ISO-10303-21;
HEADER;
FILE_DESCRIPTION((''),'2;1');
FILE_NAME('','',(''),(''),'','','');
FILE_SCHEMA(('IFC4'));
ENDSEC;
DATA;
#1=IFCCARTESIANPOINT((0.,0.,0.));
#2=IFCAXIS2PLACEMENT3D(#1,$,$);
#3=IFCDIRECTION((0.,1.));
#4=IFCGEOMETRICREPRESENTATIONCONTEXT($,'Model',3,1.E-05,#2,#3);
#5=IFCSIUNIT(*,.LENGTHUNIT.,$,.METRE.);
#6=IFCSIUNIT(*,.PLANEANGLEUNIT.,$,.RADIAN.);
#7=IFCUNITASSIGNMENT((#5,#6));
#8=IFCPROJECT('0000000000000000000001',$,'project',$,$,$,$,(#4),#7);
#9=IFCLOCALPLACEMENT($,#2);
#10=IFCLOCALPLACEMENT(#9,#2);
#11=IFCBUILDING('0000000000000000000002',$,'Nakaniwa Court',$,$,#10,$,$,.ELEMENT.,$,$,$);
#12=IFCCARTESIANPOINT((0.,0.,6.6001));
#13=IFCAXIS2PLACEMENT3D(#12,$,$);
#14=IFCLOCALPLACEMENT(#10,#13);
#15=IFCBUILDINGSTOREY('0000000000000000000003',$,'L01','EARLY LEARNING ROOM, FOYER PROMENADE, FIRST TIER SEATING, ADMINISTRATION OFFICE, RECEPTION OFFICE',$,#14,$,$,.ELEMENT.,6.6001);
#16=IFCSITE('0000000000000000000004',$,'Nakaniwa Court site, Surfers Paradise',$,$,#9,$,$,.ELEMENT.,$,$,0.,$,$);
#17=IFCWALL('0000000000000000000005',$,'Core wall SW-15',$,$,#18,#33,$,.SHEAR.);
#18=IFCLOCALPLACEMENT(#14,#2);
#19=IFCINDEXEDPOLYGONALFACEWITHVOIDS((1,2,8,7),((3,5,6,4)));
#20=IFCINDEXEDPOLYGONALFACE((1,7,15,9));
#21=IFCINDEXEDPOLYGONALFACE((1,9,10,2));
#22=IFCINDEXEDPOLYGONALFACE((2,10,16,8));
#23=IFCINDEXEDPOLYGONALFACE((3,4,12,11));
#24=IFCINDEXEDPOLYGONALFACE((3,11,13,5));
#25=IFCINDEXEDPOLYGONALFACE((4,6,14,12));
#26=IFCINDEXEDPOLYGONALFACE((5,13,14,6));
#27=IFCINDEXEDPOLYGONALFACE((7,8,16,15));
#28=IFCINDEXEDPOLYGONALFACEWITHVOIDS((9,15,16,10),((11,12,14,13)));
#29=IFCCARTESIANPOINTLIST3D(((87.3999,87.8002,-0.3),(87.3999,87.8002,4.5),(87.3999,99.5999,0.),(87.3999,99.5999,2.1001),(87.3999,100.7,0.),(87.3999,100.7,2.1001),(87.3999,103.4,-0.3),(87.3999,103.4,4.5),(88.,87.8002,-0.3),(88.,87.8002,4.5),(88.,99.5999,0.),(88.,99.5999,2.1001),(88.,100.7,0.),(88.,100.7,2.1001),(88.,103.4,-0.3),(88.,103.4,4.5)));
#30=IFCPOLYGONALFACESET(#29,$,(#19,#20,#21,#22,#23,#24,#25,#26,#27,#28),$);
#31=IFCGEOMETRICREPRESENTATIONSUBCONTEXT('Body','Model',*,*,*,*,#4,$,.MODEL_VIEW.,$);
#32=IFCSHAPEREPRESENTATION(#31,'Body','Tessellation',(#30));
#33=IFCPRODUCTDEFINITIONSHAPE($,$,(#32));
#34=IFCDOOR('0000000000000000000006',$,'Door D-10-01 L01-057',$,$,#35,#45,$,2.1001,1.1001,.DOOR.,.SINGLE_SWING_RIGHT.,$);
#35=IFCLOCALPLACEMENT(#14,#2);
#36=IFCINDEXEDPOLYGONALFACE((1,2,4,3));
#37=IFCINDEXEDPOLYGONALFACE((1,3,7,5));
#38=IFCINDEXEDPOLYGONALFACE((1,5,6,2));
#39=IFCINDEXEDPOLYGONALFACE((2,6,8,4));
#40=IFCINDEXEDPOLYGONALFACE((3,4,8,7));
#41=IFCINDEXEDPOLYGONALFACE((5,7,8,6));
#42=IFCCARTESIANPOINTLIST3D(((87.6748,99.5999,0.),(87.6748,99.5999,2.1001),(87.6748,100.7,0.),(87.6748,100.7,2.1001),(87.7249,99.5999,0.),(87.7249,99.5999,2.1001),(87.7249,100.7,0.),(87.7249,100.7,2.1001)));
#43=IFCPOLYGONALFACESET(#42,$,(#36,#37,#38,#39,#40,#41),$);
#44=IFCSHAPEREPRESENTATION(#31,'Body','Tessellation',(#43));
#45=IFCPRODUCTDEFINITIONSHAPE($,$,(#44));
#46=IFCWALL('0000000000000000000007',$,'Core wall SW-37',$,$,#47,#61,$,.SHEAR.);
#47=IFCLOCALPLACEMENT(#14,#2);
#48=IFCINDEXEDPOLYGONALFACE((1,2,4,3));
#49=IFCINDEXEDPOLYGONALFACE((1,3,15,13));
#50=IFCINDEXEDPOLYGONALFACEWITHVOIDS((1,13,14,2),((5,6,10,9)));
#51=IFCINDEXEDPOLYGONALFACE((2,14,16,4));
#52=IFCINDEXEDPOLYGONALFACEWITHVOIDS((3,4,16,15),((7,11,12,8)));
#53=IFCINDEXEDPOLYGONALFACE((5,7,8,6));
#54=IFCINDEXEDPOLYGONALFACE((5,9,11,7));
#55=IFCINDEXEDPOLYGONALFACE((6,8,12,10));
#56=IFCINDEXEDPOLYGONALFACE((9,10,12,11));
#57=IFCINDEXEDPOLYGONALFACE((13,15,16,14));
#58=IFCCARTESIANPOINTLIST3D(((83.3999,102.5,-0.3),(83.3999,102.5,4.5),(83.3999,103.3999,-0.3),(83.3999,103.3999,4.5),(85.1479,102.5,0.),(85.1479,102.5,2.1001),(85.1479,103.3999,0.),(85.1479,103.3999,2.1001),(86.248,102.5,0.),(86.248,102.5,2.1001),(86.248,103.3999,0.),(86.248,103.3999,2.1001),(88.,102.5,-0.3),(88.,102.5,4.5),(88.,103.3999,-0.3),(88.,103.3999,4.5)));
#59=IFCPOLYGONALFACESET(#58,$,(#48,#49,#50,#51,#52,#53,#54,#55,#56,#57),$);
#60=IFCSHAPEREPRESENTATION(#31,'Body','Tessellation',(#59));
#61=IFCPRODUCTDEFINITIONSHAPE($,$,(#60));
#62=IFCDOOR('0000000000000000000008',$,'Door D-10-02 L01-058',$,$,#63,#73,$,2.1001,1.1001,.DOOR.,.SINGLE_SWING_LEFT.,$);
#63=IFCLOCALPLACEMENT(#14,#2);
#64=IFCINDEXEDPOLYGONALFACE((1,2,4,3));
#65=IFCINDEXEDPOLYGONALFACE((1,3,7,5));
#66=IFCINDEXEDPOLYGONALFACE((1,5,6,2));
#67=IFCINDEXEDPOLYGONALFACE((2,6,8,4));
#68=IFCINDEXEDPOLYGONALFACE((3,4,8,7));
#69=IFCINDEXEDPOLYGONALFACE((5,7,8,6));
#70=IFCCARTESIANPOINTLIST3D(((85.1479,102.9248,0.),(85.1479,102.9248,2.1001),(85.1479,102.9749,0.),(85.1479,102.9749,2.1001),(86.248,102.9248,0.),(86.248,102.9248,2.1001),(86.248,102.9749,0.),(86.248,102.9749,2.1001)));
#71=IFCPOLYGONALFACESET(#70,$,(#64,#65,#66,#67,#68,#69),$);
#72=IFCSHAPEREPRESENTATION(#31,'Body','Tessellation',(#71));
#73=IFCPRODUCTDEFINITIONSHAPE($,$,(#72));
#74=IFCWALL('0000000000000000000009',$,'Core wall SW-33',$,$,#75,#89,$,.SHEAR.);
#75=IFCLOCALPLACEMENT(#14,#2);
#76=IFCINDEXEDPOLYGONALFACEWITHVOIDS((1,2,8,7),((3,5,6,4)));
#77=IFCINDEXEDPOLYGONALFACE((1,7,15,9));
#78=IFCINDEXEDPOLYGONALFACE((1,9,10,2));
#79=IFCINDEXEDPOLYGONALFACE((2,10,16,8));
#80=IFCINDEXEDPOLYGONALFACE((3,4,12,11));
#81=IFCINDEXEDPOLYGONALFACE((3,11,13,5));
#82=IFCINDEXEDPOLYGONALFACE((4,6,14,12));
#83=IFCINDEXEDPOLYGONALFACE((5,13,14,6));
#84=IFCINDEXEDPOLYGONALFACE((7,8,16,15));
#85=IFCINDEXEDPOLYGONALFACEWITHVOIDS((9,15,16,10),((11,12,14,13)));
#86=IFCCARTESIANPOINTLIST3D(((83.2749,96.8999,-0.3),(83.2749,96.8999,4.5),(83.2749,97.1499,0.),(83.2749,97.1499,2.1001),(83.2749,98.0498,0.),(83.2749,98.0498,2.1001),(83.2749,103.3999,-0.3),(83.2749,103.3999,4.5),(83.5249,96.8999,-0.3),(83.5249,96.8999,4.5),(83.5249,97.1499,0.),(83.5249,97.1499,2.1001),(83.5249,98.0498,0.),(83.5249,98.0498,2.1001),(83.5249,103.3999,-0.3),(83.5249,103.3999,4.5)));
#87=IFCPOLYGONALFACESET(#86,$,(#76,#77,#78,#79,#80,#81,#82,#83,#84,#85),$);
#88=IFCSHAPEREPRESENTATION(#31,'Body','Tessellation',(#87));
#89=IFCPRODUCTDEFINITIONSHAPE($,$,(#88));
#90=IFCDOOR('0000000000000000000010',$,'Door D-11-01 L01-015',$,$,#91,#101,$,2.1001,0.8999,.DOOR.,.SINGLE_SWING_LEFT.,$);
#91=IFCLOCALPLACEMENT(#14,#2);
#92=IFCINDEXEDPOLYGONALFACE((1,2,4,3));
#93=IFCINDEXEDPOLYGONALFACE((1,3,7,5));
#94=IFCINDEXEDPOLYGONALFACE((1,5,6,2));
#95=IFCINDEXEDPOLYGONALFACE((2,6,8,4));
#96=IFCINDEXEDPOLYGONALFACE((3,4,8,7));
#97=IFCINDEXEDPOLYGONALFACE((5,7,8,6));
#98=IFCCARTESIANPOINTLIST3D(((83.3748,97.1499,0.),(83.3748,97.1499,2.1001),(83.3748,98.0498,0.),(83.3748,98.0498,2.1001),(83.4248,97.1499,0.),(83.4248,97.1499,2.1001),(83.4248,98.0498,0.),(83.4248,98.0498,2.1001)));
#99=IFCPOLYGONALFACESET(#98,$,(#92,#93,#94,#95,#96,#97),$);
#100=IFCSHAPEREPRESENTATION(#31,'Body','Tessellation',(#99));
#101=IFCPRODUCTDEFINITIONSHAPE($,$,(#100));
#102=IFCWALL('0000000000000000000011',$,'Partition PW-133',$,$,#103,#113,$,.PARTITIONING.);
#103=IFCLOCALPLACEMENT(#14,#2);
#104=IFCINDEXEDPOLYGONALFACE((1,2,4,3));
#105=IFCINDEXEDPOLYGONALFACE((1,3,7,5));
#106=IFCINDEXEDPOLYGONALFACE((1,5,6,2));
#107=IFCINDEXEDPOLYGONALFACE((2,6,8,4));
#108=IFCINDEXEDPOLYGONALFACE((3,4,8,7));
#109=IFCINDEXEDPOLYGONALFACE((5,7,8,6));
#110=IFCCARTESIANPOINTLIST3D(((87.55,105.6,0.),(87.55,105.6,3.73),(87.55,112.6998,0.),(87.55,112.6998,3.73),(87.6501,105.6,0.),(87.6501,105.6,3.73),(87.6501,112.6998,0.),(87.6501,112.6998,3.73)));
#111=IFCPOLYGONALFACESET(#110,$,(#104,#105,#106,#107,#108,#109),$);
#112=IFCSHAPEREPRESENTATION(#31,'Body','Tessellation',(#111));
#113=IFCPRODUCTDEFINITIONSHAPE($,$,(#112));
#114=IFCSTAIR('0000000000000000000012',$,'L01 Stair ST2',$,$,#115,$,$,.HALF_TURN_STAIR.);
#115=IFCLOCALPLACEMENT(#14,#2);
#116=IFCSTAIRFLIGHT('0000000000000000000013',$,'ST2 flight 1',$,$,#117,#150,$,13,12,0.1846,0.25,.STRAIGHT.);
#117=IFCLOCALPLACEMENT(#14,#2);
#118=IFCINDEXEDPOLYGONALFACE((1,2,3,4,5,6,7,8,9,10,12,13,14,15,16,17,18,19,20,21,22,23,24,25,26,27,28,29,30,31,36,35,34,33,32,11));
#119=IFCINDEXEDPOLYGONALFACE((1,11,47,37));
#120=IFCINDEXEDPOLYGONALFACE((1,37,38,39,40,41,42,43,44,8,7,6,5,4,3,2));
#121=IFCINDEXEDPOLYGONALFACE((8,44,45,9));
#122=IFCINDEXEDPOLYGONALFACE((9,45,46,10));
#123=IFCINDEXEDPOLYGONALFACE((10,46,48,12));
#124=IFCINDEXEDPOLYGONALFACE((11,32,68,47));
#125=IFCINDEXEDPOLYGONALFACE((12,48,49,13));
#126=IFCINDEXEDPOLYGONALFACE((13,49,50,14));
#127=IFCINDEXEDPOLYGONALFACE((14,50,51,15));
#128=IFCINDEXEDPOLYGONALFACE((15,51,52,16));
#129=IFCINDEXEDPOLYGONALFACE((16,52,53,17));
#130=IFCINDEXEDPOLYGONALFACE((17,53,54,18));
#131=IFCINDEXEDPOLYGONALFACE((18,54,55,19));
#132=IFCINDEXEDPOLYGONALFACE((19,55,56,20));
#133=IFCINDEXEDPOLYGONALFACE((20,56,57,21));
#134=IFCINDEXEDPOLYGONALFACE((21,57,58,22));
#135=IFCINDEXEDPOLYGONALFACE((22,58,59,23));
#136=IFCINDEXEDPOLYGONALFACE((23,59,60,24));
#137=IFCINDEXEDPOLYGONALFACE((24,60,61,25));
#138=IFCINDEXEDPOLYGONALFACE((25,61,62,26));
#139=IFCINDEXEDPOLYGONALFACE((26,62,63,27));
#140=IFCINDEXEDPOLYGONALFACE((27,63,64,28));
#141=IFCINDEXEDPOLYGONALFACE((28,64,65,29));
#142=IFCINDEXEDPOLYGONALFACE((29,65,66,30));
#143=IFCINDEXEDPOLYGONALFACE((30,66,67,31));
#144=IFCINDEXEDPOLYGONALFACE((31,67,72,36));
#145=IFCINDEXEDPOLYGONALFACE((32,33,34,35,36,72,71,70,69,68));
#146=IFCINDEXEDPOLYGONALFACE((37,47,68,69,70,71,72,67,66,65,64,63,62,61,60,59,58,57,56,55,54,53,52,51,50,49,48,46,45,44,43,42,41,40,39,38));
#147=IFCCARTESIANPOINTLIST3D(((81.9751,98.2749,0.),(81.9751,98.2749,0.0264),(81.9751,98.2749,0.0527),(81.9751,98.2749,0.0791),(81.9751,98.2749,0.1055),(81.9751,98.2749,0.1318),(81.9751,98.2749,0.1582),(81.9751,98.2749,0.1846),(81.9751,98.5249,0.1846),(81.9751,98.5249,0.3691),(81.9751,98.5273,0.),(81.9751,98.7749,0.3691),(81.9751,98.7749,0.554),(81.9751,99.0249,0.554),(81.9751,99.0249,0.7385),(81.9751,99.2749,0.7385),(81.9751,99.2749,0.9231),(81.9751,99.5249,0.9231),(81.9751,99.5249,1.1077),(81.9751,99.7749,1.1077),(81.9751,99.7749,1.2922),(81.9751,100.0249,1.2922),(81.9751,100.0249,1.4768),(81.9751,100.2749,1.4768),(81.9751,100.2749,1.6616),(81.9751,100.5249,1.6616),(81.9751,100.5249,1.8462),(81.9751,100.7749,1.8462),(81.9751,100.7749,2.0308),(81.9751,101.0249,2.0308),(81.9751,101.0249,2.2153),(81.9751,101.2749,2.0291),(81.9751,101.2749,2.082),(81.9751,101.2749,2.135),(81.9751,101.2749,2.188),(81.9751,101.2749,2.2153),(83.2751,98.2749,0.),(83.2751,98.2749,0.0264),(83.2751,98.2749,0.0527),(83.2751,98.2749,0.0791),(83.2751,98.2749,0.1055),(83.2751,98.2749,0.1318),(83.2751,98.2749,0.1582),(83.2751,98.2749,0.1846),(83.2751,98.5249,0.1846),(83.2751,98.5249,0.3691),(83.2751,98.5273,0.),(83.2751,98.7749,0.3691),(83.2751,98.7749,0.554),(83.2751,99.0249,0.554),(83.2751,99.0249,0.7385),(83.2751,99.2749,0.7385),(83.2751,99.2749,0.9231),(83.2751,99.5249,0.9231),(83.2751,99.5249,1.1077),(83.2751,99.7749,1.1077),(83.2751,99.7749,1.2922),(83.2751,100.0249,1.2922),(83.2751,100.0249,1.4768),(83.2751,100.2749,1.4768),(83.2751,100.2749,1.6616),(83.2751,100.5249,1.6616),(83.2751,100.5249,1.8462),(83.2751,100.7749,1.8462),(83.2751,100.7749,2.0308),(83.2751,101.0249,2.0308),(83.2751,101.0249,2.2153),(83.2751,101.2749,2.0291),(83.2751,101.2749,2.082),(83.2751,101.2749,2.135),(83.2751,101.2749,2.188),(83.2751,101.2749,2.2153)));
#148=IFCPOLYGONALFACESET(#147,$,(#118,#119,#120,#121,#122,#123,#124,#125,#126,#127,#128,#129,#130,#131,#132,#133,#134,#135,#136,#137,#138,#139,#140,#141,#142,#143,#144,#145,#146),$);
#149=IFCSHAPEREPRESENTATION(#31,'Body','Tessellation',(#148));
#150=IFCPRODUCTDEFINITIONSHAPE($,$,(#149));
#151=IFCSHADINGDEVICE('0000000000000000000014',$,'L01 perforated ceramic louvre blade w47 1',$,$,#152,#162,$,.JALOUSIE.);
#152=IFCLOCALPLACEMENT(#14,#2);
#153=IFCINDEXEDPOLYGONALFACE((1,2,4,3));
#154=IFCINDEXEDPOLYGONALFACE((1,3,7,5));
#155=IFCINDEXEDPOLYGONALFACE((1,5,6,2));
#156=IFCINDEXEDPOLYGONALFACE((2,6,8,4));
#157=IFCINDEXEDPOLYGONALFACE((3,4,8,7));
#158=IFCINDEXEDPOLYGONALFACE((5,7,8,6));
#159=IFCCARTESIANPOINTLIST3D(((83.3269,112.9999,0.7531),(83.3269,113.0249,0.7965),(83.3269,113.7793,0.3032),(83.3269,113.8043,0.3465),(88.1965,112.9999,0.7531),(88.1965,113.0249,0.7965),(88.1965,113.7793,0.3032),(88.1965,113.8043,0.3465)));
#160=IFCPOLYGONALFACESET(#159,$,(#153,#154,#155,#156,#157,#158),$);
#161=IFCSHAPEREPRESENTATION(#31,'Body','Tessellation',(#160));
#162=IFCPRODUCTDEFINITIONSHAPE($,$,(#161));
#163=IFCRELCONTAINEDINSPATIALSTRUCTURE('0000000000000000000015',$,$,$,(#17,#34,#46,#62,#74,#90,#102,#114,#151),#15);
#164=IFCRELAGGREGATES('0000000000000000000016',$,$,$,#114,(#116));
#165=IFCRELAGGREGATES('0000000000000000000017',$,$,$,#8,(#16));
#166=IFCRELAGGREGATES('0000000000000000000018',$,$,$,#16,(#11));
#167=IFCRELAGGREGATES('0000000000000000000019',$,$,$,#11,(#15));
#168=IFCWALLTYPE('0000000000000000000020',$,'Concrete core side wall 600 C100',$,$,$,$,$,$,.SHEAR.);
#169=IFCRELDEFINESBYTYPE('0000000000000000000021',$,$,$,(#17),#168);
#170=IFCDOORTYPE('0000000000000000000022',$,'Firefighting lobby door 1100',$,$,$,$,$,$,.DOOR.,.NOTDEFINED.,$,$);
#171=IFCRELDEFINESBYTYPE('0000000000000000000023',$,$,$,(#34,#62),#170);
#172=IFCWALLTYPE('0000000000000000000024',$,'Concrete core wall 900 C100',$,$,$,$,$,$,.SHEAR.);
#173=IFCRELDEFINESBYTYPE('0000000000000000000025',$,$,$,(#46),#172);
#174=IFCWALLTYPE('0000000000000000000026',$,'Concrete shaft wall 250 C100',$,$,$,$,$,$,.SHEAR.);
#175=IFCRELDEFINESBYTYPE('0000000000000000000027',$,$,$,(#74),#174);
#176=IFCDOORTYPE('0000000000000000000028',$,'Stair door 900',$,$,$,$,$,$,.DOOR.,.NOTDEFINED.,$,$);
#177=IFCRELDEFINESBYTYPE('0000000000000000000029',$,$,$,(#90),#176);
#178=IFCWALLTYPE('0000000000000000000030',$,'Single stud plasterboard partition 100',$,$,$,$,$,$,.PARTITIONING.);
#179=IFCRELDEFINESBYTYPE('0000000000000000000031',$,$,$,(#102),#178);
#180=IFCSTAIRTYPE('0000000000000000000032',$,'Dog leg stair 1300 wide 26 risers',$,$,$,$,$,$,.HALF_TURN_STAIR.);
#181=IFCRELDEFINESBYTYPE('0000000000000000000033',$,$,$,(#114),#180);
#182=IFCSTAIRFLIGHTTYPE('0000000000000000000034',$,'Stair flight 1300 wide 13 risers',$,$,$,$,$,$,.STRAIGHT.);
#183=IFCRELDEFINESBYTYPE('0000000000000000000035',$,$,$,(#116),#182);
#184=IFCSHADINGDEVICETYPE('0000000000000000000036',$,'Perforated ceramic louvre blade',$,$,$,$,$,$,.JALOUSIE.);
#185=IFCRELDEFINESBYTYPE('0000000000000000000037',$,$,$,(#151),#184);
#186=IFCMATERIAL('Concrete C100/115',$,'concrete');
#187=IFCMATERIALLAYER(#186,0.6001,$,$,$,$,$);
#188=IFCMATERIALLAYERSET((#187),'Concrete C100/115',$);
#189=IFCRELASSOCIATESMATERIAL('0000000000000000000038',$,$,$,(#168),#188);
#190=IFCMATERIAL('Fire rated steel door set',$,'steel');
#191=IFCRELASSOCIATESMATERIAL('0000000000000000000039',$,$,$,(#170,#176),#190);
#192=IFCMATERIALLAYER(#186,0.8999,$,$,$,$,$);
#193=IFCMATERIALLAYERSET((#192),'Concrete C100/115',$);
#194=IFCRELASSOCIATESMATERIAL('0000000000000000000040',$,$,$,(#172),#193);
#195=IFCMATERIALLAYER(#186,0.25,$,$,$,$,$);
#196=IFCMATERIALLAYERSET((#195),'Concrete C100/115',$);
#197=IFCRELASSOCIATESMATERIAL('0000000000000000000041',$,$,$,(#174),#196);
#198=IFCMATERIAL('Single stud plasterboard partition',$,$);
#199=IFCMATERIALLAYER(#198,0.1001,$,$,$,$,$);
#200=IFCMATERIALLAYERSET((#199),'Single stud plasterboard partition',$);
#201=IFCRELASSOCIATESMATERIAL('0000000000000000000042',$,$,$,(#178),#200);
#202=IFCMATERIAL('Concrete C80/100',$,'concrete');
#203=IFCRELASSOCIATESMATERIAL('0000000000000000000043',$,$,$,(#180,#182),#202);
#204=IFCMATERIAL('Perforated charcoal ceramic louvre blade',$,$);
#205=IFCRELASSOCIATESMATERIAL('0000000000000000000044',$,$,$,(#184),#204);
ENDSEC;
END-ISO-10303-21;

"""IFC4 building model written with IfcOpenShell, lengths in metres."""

from ifc_helpers import new_model, si_unit, direction, frame, frame_2d, origin, origin_2d, place, context, subcontext, project, spatial, polyline, rectangle, outline, extrude, material, layer, layer_set, material_profile, profile_set, type_object, element, fill, aggregate, save


model = new_model("IFC4")

# Units and contexts
model_context = context("Model", 3, precision=1e-05, world=origin(), true_north=direction((0.0, 1.0)))
body_context = subcontext(model_context, "Body", "Model", "MODEL_VIEW")
ifc_project = project(units=[si_unit("LENGTHUNIT", "METRE"), si_unit("PLANEANGLEUNIT", "RADIAN")], contexts=[model_context])

# Site, building, storey
site_placement = place(None, origin())
site = spatial("IfcSite", under=ifc_project, at=site_placement, Name="Nakaniwa Court site, Surfers Paradise", CompositionType="ELEMENT", RefElevation=0.0)
building_placement = place(site_placement, origin())
building = spatial("IfcBuilding", under=site, at=building_placement, Name="Nakaniwa Court", CompositionType="ELEMENT")
storey_placement = place(building_placement, frame((0.0, 0.0, 6.6001)))
storey = spatial("IfcBuildingStorey", under=building, at=storey_placement, Name="L01", Description="EARLY LEARNING ROOM, FOYER PROMENADE, FIRST TIER SEATING, ADMINISTRATION OFFICE, RECEPTION OFFICE", CompositionType="ELEMENT", Elevation=6.6001)

# Shared definitions
ifc_material_1 = material(Name="Concrete C100/115", Category="concrete")

# Walls, openings, doors
ifc_layer_1 = layer(ifc_material_1, 0.6001)
ifc_layer_set_1 = layer_set([ifc_layer_1], Name="Concrete C100/115")
wall_type_1 = type_object("IfcWallType", Name="Concrete core side wall 600 C100", PredefinedType="SHEAR", material=ifc_layer_set_1)
wall_1_placement = place(storey_placement, frame((87.7, 103.3999, -0.3), z_axis=(0.0, 0.0, 1.0), x_axis=(0.0, -1.0, 0.0)))
wall_1 = element("IfcWall", 1, at=wall_1_placement, inside=storey, type_object=wall_type_1, Name="Core wall SW-15", PredefinedType="SHEAR", context=body_context, shape_type="SweptSolid", body=[
    extrude(rectangle(XDim=15.5999, YDim=0.6001, at=frame_2d((7.7998, 0.0))), origin(), (0.0, 0.0, 1.0), 4.8),
])
opening_1_placement = place(wall_1_placement, frame((2.7, 0.0, 0.3)))
opening_1 = element("IfcOpeningElement", 2, at=opening_1_placement, cuts=wall_1, PredefinedType="OPENING", context=body_context, shape_type="SweptSolid", body=[
    extrude(rectangle(XDim=1.1001, YDim=2.1001, at=frame_2d((0.55, 1.05))), frame((0.0, 0.3101, 0.0), z_axis=(0.0, -1.0, 0.0), x_axis=(1.0, 0.0, 0.0)), (0.0, 0.0, 1.0), 0.6201),
])
ifc_material_2 = material(Name="Fire rated steel door set", Category="steel")
door_type_1 = type_object("IfcDoorType", Name="Firefighting lobby door 1100", OperationType="NOTDEFINED", PredefinedType="DOOR", material=ifc_material_2)
door_1_placement = place(opening_1_placement, origin())
door_1 = element("IfcDoor", 3, at=door_1_placement, inside=storey, type_object=door_type_1, Name="Door D-10-01 L01-057", OperationType="SINGLE_SWING_RIGHT", OverallHeight=2.1001, OverallWidth=1.1001, PredefinedType="DOOR", context=body_context, shape_type="SweptSolid", body=[
    extrude(rectangle(XDim=1.1001, YDim=2.1001, at=frame_2d((0.55, 1.05))), frame((0.0, 0.0249, 0.0), z_axis=(0.0, -1.0, 0.0), x_axis=(1.0, 0.0, 0.0)), (0.0, 0.0, 1.0), 0.05),
])
fill(opening_1, door_1)
ifc_layer_2 = layer(ifc_material_1, 0.8999)
ifc_layer_set_2 = layer_set([ifc_layer_2], Name="Concrete C100/115")
wall_type_2 = type_object("IfcWallType", Name="Concrete core wall 900 C100", PredefinedType="SHEAR", material=ifc_layer_set_2)
wall_2_placement = place(storey_placement, frame((83.3999, 102.95, -0.3), z_axis=(0.0, 0.0, 1.0), x_axis=(1.0, 0.0, 0.0)))
wall_2 = element("IfcWall", 4, at=wall_2_placement, inside=storey, type_object=wall_type_2, Name="Core wall SW-37", PredefinedType="SHEAR", context=body_context, shape_type="SweptSolid", body=[
    extrude(rectangle(XDim=4.6001, YDim=0.8999, at=frame_2d((2.3, 0.0))), origin(), (0.0, 0.0, 1.0), 4.8),
])
opening_2_placement = place(wall_2_placement, frame((1.748, 0.0, 0.3)))
opening_2 = element("IfcOpeningElement", 5, at=opening_2_placement, cuts=wall_2, PredefinedType="OPENING", context=body_context, shape_type="SweptSolid", body=[
    extrude(rectangle(XDim=1.1001, YDim=2.1001, at=frame_2d((0.55, 1.05))), frame((0.0, 0.46, 0.0), z_axis=(0.0, -1.0, 0.0), x_axis=(1.0, 0.0, 0.0)), (0.0, 0.0, 1.0), 0.9199),
])
door_2_placement = place(opening_2_placement, origin())
door_2 = element("IfcDoor", 6, at=door_2_placement, inside=storey, type_object=door_type_1, Name="Door D-10-02 L01-058", OperationType="SINGLE_SWING_LEFT", OverallHeight=2.1001, OverallWidth=1.1001, PredefinedType="DOOR", context=body_context, shape_type="SweptSolid", body=[
    extrude(rectangle(XDim=1.1001, YDim=2.1001, at=frame_2d((0.55, 1.05))), frame((0.0, 0.0249, 0.0), z_axis=(0.0, -1.0, 0.0), x_axis=(1.0, 0.0, 0.0)), (0.0, 0.0, 1.0), 0.05),
])
fill(opening_2, door_2)
ifc_layer_3 = layer(ifc_material_1, 0.25)
ifc_layer_set_3 = layer_set([ifc_layer_3], Name="Concrete C100/115")
wall_type_3 = type_object("IfcWallType", Name="Concrete shaft wall 250 C100", PredefinedType="SHEAR", material=ifc_layer_set_3)
wall_3_placement = place(storey_placement, frame((83.3999, 103.3999, -0.3), z_axis=(0.0, 0.0, 1.0), x_axis=(0.0, -1.0, 0.0)))
wall_3 = element("IfcWall", 7, at=wall_3_placement, inside=storey, type_object=wall_type_3, Name="Core wall SW-33", PredefinedType="SHEAR", context=body_context, shape_type="SweptSolid", body=[
    extrude(rectangle(XDim=6.5, YDim=0.25, at=frame_2d((3.25, 0.0))), origin(), (0.0, 0.0, 1.0), 4.8),
])
opening_3_placement = place(wall_3_placement, frame((5.3501, 0.0, 0.3)))
opening_3 = element("IfcOpeningElement", 8, at=opening_3_placement, cuts=wall_3, PredefinedType="OPENING", context=body_context, shape_type="SweptSolid", body=[
    extrude(rectangle(XDim=0.8999, YDim=2.1001, at=frame_2d((0.45, 1.05))), frame((0.0, 0.135, 0.0), z_axis=(0.0, -1.0, 0.0), x_axis=(1.0, 0.0, 0.0)), (0.0, 0.0, 1.0), 0.27),
])
door_type_2 = type_object("IfcDoorType", Name="Stair door 900", OperationType="NOTDEFINED", PredefinedType="DOOR", material=ifc_material_2)
door_3_placement = place(opening_3_placement, origin())
door_3 = element("IfcDoor", 9, at=door_3_placement, inside=storey, type_object=door_type_2, Name="Door D-11-01 L01-015", OperationType="SINGLE_SWING_LEFT", OverallHeight=2.1001, OverallWidth=0.8999, PredefinedType="DOOR", context=body_context, shape_type="SweptSolid", body=[
    extrude(rectangle(XDim=0.8999, YDim=2.1001, at=frame_2d((0.45, 1.05))), frame((0.0, 0.0249, 0.0), z_axis=(0.0, -1.0, 0.0), x_axis=(1.0, 0.0, 0.0)), (0.0, 0.0, 1.0), 0.05),
])
fill(opening_3, door_3)

# Wall
ifc_material_3 = material(Name="Single stud plasterboard partition")
ifc_layer_4 = layer(ifc_material_3, 0.1001)
ifc_layer_set_4 = layer_set([ifc_layer_4], Name="Single stud plasterboard partition")
wall_type_4 = type_object("IfcWallType", Name="Single stud plasterboard partition 100", PredefinedType="PARTITIONING", material=ifc_layer_set_4)
wall_4_placement = place(storey_placement, frame((87.6001, 105.6001, 0.0), z_axis=(0.0, 0.0, 1.0), x_axis=(0.0, 1.0, 0.0)))
element("IfcWall", 10, at=wall_4_placement, inside=storey, type_object=wall_type_4, Name="Partition PW-133", PredefinedType="PARTITIONING", context=body_context, shape_type="SweptSolid", body=[
    extrude(rectangle(XDim=7.0999, YDim=0.1001, at=frame_2d((3.5498, 0.0))), origin(), (0.0, 0.0, 1.0), 3.73),
])

# Stair, stair flight
ifc_material_4 = material(Name="Concrete C80/100", Category="concrete")
stair_type = type_object("IfcStairType", Name="Dog leg stair 1300 wide 26 risers", PredefinedType="HALF_TURN_STAIR", material=ifc_material_4)
stair_placement = place(storey_placement, origin())
stair = element("IfcStair", 11, at=stair_placement, inside=storey, type_object=stair_type, Name="L01 Stair ST2", PredefinedType="HALF_TURN_STAIR")
stair_flight_type = type_object("IfcStairFlightType", Name="Stair flight 1300 wide 13 risers", PredefinedType="STRAIGHT", material=ifc_material_4)
stair_flight_placement = place(storey_placement, frame((82.625, 98.2749, 0.0), z_axis=(0.0, 0.0, 1.0), x_axis=(0.0, 1.0, 0.0)))
stair_flight = element("IfcStairFlight", 12, at=stair_flight_placement, type_object=stair_flight_type, Name="ST2 flight 1", NumberOfRisers=13, NumberOfTreads=12, PredefinedType="STRAIGHT", RiserHeight=0.1846, TreadLength=0.25, context=body_context, shape_type="SweptSolid", body=[
    extrude(outline(polyline([(0.0, 0.0), (0.0, 0.0264), (0.0, 0.0527), (0.0, 0.0791), (0.0, 0.1055), (0.0, 0.1318), (0.0, 0.1582), (0.0, 0.1846), (0.25, 0.1846), (0.25, 0.3691), (0.5, 0.3691), (0.5, 0.554), (0.75, 0.554), (0.75, 0.7385), (1.0, 0.7385), (1.0, 0.9231), (1.25, 0.9231), (1.25, 1.1077), (1.5, 1.1077), (1.5, 1.2922), (1.75, 1.2922), (1.75, 1.4768), (2.0, 1.4768), (2.0, 1.6616), (2.25, 1.6616), (2.25, 1.8462), (2.5, 1.8462), (2.5, 2.0308), (2.75, 2.0308), (2.75, 2.2153), (3.0, 2.2153), (3.0, 2.3999), (3.0, 2.3469), (3.0, 2.2939), (3.0, 2.241), (3.0, 2.188), (3.0, 2.135), (3.0, 2.082), (3.0, 2.0291), (0.2524, 0.0), (0.0, 0.0)])), frame((0.0, 0.6499, 0.0), z_axis=(0.0, -1.0, 0.0), x_axis=(1.0, 0.0, 0.0)), (0.0, 0.0, 1.0), 1.3),
])
aggregate(stair, [stair_flight])

# Shading device
ifc_material_5 = material(Name="Perforated charcoal ceramic louvre blade")
ifc_material_profile_1 = material_profile(ifc_material_5, rectangle(XDim=0.8999, YDim=0.05, at=origin_2d()), Name="Perforated ceramic louvre blade")
ifc_profile_set_1 = profile_set([ifc_material_profile_1], Name="Perforated charcoal ceramic louvre blade")
shading_device_type = type_object("IfcShadingDeviceType", Name="Perforated ceramic louvre blade", PredefinedType="JALOUSIE", material=ifc_profile_set_1)
for number, where, z_axis, x_axis, name in (
    (13, (88.1965, 113.4021, 0.5498), (-1.0, 0.0, 0.0), (0.0, -0.866025, 0.5), "L01 perforated ceramic louvre blade w47 1"),
):
    element("IfcShadingDevice", number, at=place(storey_placement, frame(where, z_axis=z_axis, x_axis=x_axis)), inside=storey, type_object=shading_device_type, Name=name, PredefinedType="JALOUSIE", context=body_context, shape_type="SweptSolid", body=[
        extrude(rectangle(XDim=0.8999, YDim=0.05, at=origin_2d()), origin(), (0.0, 0.0, 1.0), 4.8696),
    ])

save(model, "model.ifc")
